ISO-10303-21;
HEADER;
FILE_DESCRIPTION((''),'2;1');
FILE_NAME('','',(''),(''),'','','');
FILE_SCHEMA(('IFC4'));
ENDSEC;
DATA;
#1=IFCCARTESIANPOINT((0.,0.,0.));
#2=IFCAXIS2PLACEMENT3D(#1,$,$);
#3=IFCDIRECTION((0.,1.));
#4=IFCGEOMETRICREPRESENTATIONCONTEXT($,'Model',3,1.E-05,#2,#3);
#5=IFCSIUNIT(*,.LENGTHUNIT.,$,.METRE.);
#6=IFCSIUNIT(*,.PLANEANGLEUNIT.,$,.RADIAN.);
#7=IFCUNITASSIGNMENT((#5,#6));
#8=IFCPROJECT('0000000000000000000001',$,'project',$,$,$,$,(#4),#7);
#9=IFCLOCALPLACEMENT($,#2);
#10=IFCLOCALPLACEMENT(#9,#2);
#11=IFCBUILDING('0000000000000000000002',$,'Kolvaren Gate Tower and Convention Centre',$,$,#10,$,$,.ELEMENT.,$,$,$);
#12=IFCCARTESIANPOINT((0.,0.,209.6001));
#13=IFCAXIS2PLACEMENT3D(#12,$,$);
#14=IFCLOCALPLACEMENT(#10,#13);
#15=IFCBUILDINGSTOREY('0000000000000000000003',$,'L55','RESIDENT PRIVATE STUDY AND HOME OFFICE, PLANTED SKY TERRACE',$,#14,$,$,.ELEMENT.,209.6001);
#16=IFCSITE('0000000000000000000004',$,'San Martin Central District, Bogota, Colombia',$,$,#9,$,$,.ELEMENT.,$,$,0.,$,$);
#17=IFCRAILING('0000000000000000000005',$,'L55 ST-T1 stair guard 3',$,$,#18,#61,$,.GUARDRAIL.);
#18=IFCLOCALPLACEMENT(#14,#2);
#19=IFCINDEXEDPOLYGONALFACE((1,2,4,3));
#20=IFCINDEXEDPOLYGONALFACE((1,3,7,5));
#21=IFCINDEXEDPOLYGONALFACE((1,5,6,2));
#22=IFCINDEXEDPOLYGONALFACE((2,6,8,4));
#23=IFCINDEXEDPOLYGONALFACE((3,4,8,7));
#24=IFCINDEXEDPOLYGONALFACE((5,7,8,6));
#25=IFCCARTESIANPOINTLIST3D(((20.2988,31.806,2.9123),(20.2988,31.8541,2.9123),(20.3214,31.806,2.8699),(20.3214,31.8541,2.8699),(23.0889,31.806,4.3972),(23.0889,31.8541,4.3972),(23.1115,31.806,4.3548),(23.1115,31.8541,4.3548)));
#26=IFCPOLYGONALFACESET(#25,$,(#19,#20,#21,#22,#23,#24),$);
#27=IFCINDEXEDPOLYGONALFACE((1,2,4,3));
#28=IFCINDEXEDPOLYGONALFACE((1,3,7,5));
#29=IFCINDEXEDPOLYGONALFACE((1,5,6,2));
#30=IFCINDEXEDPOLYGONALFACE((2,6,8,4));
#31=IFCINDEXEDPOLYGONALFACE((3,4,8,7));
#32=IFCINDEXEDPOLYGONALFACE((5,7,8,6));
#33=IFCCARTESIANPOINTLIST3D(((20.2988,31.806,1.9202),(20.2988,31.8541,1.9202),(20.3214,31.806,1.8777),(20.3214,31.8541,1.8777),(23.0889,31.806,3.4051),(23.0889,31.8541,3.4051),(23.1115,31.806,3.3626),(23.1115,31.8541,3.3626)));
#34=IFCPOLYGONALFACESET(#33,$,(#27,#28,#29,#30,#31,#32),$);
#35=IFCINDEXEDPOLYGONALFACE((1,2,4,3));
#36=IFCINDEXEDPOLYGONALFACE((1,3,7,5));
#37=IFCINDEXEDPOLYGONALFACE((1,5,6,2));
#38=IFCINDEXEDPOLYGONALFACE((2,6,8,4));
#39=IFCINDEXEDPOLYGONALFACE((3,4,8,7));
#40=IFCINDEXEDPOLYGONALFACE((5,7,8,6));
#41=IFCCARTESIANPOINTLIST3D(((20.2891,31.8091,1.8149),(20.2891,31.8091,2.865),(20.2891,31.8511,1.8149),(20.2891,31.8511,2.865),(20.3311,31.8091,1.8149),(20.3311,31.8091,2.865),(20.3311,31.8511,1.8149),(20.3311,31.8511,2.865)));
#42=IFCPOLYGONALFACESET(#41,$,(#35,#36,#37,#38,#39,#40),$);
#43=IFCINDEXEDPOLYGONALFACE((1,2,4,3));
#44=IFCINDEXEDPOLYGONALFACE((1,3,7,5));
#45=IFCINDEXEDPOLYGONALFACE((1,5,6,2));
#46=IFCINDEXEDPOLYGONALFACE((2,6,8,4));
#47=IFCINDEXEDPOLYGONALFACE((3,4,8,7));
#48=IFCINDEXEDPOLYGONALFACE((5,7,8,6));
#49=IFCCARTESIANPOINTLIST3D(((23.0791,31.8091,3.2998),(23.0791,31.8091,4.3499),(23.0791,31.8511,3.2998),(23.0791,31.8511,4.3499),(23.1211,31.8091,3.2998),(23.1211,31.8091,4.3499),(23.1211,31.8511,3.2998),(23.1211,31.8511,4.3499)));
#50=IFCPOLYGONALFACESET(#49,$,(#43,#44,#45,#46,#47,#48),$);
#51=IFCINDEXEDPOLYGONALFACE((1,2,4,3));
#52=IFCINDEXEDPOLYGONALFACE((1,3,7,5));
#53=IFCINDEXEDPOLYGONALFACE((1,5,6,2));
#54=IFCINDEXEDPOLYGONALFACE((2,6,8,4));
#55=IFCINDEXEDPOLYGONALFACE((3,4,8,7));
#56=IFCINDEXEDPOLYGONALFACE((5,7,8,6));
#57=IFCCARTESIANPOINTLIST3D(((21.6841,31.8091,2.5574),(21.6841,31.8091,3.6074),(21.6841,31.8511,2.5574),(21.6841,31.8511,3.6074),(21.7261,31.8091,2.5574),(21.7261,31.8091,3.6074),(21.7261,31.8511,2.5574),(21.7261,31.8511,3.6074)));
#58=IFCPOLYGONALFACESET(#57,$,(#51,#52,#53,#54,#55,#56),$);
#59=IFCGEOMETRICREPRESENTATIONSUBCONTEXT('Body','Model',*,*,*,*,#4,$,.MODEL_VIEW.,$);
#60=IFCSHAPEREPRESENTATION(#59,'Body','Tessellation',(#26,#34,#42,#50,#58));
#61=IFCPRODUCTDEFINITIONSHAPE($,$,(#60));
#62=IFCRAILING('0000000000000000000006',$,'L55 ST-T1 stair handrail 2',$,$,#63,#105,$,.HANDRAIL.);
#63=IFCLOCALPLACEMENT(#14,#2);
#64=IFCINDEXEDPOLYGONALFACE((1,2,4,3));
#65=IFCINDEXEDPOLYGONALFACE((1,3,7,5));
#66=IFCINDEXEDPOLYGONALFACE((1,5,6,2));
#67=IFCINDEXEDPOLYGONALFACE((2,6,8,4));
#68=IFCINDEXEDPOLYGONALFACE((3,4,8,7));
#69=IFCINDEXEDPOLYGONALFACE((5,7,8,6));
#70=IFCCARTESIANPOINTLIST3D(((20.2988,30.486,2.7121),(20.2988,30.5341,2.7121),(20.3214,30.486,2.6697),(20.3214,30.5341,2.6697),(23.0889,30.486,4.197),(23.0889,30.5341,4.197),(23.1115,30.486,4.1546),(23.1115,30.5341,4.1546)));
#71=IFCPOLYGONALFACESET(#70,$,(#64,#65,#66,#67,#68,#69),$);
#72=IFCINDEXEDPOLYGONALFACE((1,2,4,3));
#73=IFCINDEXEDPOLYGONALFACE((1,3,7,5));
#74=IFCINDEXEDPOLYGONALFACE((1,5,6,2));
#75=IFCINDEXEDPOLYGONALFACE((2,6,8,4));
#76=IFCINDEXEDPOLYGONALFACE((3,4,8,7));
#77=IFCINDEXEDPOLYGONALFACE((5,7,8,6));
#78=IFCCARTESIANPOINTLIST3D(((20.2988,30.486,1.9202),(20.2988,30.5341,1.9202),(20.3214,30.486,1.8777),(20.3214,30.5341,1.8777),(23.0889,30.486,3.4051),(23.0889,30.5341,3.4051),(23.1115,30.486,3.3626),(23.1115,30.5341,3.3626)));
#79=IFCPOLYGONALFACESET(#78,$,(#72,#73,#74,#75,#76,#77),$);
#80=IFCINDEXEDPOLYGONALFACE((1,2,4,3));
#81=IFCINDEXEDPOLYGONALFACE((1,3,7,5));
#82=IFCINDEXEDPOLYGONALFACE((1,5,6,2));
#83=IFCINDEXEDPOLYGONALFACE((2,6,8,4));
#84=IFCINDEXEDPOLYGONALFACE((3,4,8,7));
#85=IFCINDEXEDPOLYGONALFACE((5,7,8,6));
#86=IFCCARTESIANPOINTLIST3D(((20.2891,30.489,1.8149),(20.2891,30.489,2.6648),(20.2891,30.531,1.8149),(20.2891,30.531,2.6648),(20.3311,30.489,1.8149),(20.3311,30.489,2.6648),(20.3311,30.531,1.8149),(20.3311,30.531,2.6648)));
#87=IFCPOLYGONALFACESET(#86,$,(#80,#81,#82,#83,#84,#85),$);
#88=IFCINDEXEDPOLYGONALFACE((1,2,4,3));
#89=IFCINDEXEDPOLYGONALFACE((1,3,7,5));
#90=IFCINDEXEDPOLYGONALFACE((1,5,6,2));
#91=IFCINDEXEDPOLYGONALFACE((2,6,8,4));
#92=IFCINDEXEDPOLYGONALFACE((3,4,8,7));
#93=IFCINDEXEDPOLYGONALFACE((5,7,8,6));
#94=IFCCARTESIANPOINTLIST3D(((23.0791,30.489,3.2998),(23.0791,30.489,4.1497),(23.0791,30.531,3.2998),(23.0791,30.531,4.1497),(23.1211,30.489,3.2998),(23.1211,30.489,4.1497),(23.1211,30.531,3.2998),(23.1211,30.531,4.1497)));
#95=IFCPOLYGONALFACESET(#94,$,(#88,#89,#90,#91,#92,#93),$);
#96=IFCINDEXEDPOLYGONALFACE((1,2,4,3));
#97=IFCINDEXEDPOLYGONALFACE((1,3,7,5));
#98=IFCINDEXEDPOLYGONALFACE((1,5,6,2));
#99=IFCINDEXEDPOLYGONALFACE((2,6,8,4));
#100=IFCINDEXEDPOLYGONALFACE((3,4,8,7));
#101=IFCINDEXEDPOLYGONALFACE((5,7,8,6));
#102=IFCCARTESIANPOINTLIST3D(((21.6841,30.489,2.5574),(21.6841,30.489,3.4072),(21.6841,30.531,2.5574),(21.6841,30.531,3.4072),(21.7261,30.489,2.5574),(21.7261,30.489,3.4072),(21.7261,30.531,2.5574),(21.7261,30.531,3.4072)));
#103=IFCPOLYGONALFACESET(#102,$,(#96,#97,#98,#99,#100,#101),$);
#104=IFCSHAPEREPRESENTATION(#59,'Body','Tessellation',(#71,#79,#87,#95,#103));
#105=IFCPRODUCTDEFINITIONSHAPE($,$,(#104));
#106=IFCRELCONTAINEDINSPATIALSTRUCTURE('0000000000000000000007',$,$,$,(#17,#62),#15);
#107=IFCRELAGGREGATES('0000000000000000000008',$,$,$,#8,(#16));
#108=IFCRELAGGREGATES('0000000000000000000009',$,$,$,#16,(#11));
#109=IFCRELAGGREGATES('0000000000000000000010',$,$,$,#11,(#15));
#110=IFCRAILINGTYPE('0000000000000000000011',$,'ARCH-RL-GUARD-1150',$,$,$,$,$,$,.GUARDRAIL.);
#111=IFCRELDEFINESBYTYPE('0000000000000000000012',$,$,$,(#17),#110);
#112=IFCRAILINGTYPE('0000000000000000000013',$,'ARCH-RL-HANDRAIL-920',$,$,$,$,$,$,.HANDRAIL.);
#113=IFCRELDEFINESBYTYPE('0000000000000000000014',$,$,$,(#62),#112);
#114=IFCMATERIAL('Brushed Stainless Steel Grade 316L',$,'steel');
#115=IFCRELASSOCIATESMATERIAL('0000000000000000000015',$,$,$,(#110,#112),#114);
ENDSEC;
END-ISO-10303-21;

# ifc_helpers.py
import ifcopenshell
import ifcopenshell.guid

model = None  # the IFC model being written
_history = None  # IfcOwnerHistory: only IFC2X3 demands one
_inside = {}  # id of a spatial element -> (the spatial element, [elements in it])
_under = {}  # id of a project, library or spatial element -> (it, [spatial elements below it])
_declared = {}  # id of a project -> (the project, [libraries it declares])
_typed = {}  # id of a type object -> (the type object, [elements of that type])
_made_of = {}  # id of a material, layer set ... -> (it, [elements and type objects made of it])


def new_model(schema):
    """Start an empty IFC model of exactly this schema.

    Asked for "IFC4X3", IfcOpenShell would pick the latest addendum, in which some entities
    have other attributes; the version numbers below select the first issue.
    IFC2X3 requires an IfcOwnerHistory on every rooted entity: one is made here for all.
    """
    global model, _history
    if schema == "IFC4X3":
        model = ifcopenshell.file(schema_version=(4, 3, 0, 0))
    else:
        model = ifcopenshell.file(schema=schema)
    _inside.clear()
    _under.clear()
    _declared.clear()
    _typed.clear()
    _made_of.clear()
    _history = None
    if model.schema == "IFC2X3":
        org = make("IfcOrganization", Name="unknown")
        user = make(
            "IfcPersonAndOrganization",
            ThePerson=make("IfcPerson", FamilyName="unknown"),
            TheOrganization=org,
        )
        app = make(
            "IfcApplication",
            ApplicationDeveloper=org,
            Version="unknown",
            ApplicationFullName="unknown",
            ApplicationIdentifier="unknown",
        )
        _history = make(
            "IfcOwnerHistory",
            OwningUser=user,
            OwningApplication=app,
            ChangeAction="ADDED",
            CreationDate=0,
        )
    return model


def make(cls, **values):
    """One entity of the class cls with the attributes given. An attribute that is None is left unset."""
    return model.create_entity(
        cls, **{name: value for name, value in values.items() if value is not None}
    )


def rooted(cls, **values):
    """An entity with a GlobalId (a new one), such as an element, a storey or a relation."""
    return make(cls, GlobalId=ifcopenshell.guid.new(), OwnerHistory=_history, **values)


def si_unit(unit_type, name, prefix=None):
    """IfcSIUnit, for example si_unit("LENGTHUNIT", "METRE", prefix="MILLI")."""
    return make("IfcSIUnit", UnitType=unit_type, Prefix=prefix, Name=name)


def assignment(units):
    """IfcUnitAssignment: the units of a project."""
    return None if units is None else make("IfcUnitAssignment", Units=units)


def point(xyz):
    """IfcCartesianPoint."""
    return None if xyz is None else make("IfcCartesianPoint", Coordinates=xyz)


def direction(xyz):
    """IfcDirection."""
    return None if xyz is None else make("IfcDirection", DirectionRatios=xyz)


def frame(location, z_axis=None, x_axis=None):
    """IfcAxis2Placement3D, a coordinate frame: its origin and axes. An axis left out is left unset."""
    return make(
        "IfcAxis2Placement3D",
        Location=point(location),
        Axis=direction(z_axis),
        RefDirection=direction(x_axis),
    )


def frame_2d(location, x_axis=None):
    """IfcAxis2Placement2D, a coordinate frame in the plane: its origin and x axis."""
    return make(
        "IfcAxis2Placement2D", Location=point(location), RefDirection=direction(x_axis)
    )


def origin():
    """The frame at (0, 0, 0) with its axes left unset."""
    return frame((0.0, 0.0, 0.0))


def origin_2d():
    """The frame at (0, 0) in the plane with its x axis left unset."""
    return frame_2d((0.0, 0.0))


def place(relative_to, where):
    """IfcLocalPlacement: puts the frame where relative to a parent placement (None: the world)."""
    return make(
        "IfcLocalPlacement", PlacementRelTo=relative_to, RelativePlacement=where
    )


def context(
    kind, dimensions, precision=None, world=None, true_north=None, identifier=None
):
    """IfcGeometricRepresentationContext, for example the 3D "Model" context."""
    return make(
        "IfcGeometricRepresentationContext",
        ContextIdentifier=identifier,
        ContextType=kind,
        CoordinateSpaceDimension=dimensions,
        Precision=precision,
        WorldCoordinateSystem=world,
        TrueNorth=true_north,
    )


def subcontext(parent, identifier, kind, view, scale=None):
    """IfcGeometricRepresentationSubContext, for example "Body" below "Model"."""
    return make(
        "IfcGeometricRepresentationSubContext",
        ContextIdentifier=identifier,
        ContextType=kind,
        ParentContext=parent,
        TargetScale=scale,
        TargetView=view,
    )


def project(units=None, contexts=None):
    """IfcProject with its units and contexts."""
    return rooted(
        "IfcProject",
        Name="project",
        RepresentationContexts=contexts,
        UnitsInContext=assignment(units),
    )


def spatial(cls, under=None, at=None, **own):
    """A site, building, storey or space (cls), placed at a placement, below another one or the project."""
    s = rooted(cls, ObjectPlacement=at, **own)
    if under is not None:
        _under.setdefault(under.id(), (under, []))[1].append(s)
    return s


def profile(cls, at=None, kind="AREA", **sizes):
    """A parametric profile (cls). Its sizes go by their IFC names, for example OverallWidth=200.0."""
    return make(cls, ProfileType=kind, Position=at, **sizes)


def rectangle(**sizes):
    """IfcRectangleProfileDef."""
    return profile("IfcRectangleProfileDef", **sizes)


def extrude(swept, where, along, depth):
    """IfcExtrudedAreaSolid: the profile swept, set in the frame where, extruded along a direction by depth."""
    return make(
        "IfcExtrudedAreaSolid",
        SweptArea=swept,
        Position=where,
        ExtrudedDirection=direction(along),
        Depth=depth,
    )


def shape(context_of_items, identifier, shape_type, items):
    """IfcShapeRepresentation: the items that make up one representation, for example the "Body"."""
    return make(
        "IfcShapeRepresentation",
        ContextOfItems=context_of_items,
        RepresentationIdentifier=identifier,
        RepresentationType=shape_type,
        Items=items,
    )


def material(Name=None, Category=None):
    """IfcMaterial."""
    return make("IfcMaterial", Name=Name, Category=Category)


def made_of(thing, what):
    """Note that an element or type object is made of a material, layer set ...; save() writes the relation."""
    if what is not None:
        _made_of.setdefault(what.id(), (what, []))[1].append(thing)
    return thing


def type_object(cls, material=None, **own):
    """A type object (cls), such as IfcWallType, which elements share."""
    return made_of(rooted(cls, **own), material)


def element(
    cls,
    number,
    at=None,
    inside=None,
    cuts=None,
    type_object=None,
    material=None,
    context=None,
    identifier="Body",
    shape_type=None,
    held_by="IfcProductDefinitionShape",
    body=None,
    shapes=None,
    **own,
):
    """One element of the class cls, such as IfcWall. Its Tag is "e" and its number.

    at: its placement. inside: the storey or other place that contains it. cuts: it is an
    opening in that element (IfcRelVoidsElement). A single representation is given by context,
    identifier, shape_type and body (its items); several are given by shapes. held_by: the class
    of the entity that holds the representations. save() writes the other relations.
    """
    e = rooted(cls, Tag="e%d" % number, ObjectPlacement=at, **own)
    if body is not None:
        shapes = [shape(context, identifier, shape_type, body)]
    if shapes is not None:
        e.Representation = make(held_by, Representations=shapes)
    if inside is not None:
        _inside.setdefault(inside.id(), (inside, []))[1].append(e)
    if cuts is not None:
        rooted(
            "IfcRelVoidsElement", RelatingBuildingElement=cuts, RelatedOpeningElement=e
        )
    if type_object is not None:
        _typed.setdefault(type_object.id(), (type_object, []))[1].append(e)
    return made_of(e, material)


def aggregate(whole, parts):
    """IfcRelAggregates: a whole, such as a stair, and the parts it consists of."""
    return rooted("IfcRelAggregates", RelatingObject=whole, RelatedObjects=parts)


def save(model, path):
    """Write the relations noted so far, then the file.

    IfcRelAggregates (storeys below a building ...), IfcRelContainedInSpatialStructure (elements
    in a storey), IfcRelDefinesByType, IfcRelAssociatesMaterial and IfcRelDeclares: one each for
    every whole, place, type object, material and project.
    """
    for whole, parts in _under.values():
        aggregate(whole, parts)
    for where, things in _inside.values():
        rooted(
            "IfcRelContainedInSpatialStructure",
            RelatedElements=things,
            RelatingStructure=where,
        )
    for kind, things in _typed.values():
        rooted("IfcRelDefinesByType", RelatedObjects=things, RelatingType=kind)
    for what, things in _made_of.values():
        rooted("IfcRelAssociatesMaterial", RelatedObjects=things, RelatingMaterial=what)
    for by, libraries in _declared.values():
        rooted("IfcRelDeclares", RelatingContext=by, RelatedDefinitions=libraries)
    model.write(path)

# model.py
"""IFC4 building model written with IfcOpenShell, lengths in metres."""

from ifc_helpers import new_model, si_unit, direction, frame, origin, origin_2d, place, context, subcontext, project, spatial, rectangle, extrude, material, type_object, element, save


model = new_model("IFC4")

# Units and contexts
model_context = context("Model", 3, precision=1e-05, world=origin(), true_north=direction((0.0, 1.0)))
body_context = subcontext(model_context, "Body", "Model", "MODEL_VIEW")
ifc_project = project(units=[si_unit("LENGTHUNIT", "METRE"), si_unit("PLANEANGLEUNIT", "RADIAN")], contexts=[model_context])

# Site, building, storey
site_placement = place(None, origin())
site = spatial("IfcSite", under=ifc_project, at=site_placement, Name="San Martin Central District, Bogota, Colombia", CompositionType="ELEMENT", RefElevation=0.0)
building_placement = place(site_placement, origin())
building = spatial("IfcBuilding", under=site, at=building_placement, Name="Kolvaren Gate Tower and Convention Centre", CompositionType="ELEMENT")
storey_placement = place(building_placement, frame((0.0, 0.0, 209.6001)))
storey = spatial("IfcBuildingStorey", under=building, at=storey_placement, Name="L55", Description="RESIDENT PRIVATE STUDY AND HOME OFFICE, PLANTED SKY TERRACE", CompositionType="ELEMENT", Elevation=209.6001)

# Shared definitions
ifc_material_1 = material(Name="Brushed Stainless Steel Grade 316L", Category="steel")

# Railings
railing_type_1 = type_object("IfcRailingType", Name="ARCH-RL-GUARD-1150", PredefinedType="GUARDRAIL", material=ifc_material_1)
railing_1_placement = place(storey_placement, frame((20.3101, 31.8301, 1.8149)))
element("IfcRailing", 1, at=railing_1_placement, inside=storey, type_object=railing_type_1, Name="L55 ST-T1 stair guard 3", PredefinedType="GUARDRAIL", context=body_context, shape_type="SweptSolid", body=[
    extrude(rectangle(XDim=0.0481, YDim=0.0481, at=origin_2d()), frame((0.0, 0.0, 1.0762), z_axis=(0.882767, 0.0, 0.46981), x_axis=(0.0, 1.0, 0.0)), (0.0, 0.0, 1.0), 3.1606),
    extrude(rectangle(XDim=0.0481, YDim=0.0481, at=origin_2d()), frame((0.0, 0.0, 0.084), z_axis=(0.882767, 0.0, 0.46981), x_axis=(0.0, 1.0, 0.0)), (0.0, 0.0, 1.0), 3.1606),
    extrude(rectangle(XDim=0.042, YDim=0.042, at=origin_2d()), origin(), (0.0, 0.0, 1.0), 1.05),
    extrude(rectangle(XDim=0.042, YDim=0.042, at=origin_2d()), frame((2.79, 0.0, 1.4849)), (0.0, 0.0, 1.0), 1.05),
    extrude(rectangle(XDim=0.042, YDim=0.042, at=origin_2d()), frame((1.395, 0.0, 0.7424)), (0.0, 0.0, 1.0), 1.05),
])
railing_type_2 = type_object("IfcRailingType", Name="ARCH-RL-HANDRAIL-920", PredefinedType="HANDRAIL", material=ifc_material_1)
railing_2_placement = place(storey_placement, frame((20.3101, 30.51, 1.8149)))
element("IfcRailing", 2, at=railing_2_placement, inside=storey, type_object=railing_type_2, Name="L55 ST-T1 stair handrail 2", PredefinedType="HANDRAIL", context=body_context, shape_type="SweptSolid", body=[
    extrude(rectangle(XDim=0.0481, YDim=0.0481, at=origin_2d()), frame((0.0, 0.0, 0.876), z_axis=(0.882767, 0.0, 0.46981), x_axis=(0.0, 1.0, 0.0)), (0.0, 0.0, 1.0), 3.1606),
    extrude(rectangle(XDim=0.0481, YDim=0.0481, at=origin_2d()), frame((0.0, 0.0, 0.084), z_axis=(0.882767, 0.0, 0.46981), x_axis=(0.0, 1.0, 0.0)), (0.0, 0.0, 1.0), 3.1606),
    extrude(rectangle(XDim=0.042, YDim=0.042, at=origin_2d()), origin(), (0.0, 0.0, 1.0), 0.8499),
    extrude(rectangle(XDim=0.042, YDim=0.042, at=origin_2d()), frame((2.79, 0.0, 1.4849)), (0.0, 0.0, 1.0), 0.8499),
    extrude(rectangle(XDim=0.042, YDim=0.042, at=origin_2d()), frame((1.395, 0.0, 0.7424)), (0.0, 0.0, 1.0), 0.8499),
])

save(model, "model.ifc")
